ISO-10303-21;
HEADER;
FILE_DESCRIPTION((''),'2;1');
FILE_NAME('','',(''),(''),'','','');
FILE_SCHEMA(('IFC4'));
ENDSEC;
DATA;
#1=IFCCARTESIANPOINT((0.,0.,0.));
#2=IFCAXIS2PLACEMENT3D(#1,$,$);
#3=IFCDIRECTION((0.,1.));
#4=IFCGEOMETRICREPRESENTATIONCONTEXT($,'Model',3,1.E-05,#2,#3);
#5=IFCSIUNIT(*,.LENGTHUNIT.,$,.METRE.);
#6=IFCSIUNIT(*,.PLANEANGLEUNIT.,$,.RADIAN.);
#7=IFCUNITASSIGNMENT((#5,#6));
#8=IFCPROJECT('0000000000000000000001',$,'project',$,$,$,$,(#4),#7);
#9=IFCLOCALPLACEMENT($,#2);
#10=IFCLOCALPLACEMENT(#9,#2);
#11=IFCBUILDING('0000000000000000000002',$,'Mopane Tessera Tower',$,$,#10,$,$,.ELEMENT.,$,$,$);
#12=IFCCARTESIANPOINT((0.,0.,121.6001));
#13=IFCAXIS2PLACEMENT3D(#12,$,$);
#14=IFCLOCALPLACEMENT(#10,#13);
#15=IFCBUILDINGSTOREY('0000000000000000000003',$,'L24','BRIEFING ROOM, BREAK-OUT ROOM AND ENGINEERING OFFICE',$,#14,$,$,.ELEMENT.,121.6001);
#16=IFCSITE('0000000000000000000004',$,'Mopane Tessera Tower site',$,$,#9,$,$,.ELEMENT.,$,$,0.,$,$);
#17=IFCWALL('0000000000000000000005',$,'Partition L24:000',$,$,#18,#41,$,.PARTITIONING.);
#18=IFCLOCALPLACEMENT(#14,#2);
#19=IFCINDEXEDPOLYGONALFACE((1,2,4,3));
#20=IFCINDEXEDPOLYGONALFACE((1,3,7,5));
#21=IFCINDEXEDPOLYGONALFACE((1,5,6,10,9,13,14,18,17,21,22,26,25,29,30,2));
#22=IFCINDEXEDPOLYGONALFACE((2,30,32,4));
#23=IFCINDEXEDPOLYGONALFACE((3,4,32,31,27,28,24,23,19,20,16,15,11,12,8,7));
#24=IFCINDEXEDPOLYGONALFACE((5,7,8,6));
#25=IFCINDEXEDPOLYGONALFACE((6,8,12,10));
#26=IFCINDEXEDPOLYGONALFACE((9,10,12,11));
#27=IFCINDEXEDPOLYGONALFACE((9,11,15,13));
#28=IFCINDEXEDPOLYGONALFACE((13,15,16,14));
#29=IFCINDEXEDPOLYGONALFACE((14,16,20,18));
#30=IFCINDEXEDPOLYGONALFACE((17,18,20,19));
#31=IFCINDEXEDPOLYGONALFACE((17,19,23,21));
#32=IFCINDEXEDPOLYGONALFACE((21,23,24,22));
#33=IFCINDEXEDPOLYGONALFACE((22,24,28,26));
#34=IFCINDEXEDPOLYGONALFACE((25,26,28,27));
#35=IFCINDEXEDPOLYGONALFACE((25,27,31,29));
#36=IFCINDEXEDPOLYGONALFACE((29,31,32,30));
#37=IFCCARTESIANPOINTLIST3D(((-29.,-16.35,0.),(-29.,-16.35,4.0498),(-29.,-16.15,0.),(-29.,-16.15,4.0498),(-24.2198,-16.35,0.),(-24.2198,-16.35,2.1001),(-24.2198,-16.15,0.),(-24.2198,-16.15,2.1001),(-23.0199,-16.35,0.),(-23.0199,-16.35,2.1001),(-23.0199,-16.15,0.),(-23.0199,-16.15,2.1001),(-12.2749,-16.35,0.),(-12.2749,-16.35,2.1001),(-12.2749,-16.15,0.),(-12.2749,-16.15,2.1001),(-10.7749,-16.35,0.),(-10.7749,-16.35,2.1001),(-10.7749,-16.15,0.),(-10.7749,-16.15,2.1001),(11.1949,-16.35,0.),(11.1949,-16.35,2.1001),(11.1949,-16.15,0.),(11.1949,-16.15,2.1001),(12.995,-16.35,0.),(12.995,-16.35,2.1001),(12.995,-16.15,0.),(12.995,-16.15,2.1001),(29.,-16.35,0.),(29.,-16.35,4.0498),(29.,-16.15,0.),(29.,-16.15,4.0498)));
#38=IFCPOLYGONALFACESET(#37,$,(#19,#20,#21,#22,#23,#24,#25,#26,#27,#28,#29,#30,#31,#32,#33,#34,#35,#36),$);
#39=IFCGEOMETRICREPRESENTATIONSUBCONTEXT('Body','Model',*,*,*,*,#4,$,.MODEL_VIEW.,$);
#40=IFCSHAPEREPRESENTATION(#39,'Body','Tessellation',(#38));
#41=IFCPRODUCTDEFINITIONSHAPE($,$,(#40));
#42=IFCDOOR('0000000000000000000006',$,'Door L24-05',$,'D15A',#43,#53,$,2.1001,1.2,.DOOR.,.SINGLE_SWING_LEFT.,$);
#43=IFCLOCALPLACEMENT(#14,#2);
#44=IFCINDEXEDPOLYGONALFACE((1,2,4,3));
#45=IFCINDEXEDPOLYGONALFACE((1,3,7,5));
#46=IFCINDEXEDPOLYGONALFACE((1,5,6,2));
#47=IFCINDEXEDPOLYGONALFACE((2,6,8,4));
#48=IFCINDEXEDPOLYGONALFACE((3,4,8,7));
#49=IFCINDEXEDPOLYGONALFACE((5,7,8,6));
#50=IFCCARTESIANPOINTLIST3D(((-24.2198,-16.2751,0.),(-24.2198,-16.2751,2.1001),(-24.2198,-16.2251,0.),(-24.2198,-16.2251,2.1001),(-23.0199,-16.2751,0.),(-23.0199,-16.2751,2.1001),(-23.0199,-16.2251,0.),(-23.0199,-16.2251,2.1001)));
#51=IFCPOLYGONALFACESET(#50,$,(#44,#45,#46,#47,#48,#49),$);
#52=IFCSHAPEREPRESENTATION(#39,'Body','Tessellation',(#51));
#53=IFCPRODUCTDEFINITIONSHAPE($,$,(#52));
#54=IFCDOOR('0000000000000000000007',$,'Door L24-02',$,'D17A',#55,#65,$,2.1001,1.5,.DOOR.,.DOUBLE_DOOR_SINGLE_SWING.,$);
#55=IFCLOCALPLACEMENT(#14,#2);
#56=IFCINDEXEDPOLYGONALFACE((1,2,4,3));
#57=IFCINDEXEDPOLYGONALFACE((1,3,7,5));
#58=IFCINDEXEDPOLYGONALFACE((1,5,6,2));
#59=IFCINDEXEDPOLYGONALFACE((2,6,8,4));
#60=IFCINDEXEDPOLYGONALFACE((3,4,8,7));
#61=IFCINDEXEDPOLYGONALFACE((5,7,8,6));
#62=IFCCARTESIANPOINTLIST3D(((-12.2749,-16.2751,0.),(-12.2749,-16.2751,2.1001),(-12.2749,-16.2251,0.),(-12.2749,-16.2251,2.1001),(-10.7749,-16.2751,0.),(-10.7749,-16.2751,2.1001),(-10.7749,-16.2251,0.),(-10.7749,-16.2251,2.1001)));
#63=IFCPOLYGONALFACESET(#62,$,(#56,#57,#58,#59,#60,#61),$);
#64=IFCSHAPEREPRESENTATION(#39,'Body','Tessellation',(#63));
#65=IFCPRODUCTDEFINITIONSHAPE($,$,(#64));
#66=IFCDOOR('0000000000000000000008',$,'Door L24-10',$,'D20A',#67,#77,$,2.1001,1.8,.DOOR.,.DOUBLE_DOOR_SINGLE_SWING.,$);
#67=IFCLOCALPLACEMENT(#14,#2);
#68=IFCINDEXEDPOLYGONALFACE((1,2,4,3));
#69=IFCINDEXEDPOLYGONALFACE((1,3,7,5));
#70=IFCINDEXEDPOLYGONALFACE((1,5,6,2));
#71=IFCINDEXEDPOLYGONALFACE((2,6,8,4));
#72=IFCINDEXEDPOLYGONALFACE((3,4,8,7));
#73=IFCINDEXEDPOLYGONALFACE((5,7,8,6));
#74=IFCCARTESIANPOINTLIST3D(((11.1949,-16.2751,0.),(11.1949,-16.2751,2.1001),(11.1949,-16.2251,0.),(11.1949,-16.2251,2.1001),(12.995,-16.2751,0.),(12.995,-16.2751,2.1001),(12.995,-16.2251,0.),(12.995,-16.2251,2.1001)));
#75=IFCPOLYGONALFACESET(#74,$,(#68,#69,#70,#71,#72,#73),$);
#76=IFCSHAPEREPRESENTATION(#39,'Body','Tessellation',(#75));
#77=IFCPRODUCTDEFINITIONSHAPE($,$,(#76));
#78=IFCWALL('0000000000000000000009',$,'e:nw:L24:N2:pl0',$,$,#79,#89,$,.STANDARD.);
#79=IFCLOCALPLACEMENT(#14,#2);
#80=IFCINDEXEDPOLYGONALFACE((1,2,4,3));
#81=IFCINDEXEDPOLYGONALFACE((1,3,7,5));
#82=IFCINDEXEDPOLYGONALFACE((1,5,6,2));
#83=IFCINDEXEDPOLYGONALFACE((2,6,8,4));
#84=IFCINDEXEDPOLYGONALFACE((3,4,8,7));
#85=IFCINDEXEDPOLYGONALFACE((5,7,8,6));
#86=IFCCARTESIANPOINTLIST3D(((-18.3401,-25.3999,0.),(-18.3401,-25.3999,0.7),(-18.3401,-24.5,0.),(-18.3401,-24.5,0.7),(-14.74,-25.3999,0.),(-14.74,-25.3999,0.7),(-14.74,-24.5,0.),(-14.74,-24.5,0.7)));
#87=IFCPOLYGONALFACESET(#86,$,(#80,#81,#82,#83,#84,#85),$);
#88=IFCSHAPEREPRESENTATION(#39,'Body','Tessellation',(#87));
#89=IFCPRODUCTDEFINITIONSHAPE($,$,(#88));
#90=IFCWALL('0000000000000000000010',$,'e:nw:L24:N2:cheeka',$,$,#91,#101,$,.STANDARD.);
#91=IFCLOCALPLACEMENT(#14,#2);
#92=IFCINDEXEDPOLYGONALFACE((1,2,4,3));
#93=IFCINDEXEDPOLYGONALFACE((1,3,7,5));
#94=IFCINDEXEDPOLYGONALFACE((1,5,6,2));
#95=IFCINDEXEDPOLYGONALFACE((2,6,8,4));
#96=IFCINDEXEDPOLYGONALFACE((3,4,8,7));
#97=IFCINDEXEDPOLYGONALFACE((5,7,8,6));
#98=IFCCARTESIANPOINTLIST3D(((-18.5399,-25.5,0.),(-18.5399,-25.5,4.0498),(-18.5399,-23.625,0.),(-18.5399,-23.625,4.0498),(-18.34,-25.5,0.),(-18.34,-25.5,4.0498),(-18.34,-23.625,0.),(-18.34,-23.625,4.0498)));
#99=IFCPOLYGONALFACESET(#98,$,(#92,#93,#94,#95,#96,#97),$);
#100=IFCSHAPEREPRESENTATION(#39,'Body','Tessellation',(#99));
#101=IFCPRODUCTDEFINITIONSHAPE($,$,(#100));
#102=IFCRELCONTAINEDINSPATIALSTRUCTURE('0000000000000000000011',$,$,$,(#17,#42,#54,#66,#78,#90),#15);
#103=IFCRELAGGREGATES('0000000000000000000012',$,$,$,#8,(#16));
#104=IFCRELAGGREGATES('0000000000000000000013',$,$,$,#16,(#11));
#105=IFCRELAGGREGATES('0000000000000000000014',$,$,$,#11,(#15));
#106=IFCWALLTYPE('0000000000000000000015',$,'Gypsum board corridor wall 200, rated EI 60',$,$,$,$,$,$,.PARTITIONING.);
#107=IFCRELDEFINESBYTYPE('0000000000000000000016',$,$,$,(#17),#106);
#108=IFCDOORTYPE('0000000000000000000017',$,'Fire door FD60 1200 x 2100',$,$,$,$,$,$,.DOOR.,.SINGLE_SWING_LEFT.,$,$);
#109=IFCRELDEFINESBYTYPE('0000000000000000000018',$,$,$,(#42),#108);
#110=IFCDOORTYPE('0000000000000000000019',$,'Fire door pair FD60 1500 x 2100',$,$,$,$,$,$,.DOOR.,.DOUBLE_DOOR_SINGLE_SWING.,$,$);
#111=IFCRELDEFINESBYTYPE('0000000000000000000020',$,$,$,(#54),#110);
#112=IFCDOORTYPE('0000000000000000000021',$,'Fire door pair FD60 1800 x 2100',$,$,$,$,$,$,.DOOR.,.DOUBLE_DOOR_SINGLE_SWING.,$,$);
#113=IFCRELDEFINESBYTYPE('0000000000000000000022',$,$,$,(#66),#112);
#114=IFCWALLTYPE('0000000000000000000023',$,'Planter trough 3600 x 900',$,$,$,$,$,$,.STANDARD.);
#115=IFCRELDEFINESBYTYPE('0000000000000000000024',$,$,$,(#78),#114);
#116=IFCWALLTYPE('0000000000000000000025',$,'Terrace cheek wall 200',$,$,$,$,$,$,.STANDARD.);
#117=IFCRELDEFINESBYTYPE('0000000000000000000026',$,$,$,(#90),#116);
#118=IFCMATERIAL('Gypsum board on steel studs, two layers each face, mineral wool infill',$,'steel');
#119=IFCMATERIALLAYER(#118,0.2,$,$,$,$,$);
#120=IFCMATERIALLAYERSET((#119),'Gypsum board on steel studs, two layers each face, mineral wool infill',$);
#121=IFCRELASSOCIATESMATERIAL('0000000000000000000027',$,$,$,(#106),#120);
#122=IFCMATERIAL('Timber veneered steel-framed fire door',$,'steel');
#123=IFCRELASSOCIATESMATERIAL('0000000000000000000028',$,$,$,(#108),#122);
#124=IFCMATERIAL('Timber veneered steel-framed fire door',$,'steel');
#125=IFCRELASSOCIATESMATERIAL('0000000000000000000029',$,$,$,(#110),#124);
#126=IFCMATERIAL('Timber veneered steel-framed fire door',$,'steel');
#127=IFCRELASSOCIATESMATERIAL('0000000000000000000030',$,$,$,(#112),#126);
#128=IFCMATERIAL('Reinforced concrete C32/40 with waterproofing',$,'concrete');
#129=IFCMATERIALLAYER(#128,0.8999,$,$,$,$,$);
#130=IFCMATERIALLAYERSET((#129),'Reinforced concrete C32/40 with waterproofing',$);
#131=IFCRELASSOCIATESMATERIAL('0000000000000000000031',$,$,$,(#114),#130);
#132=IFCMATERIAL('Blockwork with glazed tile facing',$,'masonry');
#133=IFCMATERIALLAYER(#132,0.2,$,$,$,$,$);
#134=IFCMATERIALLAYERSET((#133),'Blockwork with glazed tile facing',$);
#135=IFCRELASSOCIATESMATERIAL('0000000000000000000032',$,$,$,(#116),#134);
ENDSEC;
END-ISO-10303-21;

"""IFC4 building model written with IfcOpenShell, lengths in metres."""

from ifc_helpers import new_model, si_unit, direction, frame, frame_2d, origin, place, context, subcontext, project, spatial, rectangle, extrude, material, layer, layer_set, type_object, element, fill, save


model = new_model("IFC4")

# Units and contexts
model_context = context("Model", 3, precision=1e-05, world=origin(), true_north=direction((0.0, 1.0)))
body_context = subcontext(model_context, "Body", "Model", "MODEL_VIEW")
ifc_project = project(units=[si_unit("LENGTHUNIT", "METRE"), si_unit("PLANEANGLEUNIT", "RADIAN")], contexts=[model_context])

# Site, building, storey
site_placement = place(None, origin())
site = spatial("IfcSite", under=ifc_project, at=site_placement, Name="Mopane Tessera Tower site", CompositionType="ELEMENT", RefElevation=0.0)
building_placement = place(site_placement, origin())
building = spatial("IfcBuilding", under=site, at=building_placement, Name="Mopane Tessera Tower", CompositionType="ELEMENT")
storey_placement = place(building_placement, frame((0.0, 0.0, 121.6001)))
storey = spatial("IfcBuildingStorey", under=building, at=storey_placement, Name="L24", Description="BRIEFING ROOM, BREAK-OUT ROOM AND ENGINEERING OFFICE", CompositionType="ELEMENT", Elevation=121.6001)

# Wall, openings, doors
ifc_material_1 = material(Name="Gypsum board on steel studs, two layers each face, mineral wool infill", Category="steel")
ifc_layer_1 = layer(ifc_material_1, 0.2)
ifc_layer_set_1 = layer_set([ifc_layer_1], Name="Gypsum board on steel studs, two layers each face, mineral wool infill")
wall_type_1 = type_object("IfcWallType", Name="Gypsum board corridor wall 200, rated EI 60", PredefinedType="PARTITIONING", material=ifc_layer_set_1)
wall_1_placement = place(storey_placement, frame((-29.0, -16.25, 0.0), z_axis=(0.0, 0.0, 1.0), x_axis=(1.0, 0.0, 0.0)))
wall_1 = element("IfcWall", 1, at=wall_1_placement, inside=storey, type_object=wall_type_1, Name="Partition L24:000", PredefinedType="PARTITIONING", context=body_context, shape_type="SweptSolid", body=[
    extrude(rectangle(XDim=58.0, YDim=0.2, at=frame_2d((29.0, 0.0))), origin(), (0.0, 0.0, 1.0), 4.0498),
])
opening_1_placement = place(wall_1_placement, frame((16.7251, 0.0, 0.0)))
opening_1 = element("IfcOpeningElement", 2, at=opening_1_placement, cuts=wall_1, PredefinedType="OPENING", context=body_context, shape_type="SweptSolid", body=[
    extrude(rectangle(XDim=1.5, YDim=2.1001, at=frame_2d((0.75, 1.05))), frame((0.0, 0.1121, 0.0), z_axis=(0.0, -1.0, 0.0), x_axis=(1.0, 0.0, 0.0)), (0.0, 0.0, 1.0), 0.2239),
])
opening_2_placement = place(wall_1_placement, frame((4.78, 0.0, 0.0)))
opening_2 = element("IfcOpeningElement", 3, at=opening_2_placement, cuts=wall_1, PredefinedType="OPENING", context=body_context, shape_type="SweptSolid", body=[
    extrude(rectangle(XDim=1.2, YDim=2.1001, at=frame_2d((0.6001, 1.05))), frame((0.0, 0.1121, 0.0), z_axis=(0.0, -1.0, 0.0), x_axis=(1.0, 0.0, 0.0)), (0.0, 0.0, 1.0), 0.2239),
])
opening_3_placement = place(wall_1_placement, frame((40.1951, 0.0, 0.0)))
opening_3 = element("IfcOpeningElement", 4, at=opening_3_placement, cuts=wall_1, PredefinedType="OPENING", context=body_context, shape_type="SweptSolid", body=[
    extrude(rectangle(XDim=1.8, YDim=2.1001, at=frame_2d((0.8999, 1.05))), frame((0.0, 0.1121, 0.0), z_axis=(0.0, -1.0, 0.0), x_axis=(1.0, 0.0, 0.0)), (0.0, 0.0, 1.0), 0.2239),
])
ifc_material_2 = material(Name="Timber veneered steel-framed fire door", Category="steel")
door_type_1 = type_object("IfcDoorType", Name="Fire door FD60 1200 x 2100", OperationType="SINGLE_SWING_LEFT", PredefinedType="DOOR", material=ifc_material_2)
door_1_placement = place(opening_2_placement, origin())
door_1 = element("IfcDoor", 5, at=door_1_placement, inside=storey, type_object=door_type_1, Name="Door L24-05", ObjectType="D15A", OperationType="SINGLE_SWING_LEFT", OverallHeight=2.1001, OverallWidth=1.2, PredefinedType="DOOR", context=body_context, shape_type="SweptSolid", body=[
    extrude(rectangle(XDim=1.2, YDim=2.1001, at=frame_2d((0.6001, 1.05))), frame((0.0, 0.0249, 0.0), z_axis=(0.0, -1.0, 0.0), x_axis=(1.0, 0.0, 0.0)), (0.0, 0.0, 1.0), 0.05),
])
fill(opening_2, door_1)
ifc_material_3 = material(Name="Timber veneered steel-framed fire door", Category="steel")
door_type_2 = type_object("IfcDoorType", Name="Fire door pair FD60 1500 x 2100", OperationType="DOUBLE_DOOR_SINGLE_SWING", PredefinedType="DOOR", material=ifc_material_3)
door_2_placement = place(opening_1_placement, origin())
door_2 = element("IfcDoor", 6, at=door_2_placement, inside=storey, type_object=door_type_2, Name="Door L24-02", ObjectType="D17A", OperationType="DOUBLE_DOOR_SINGLE_SWING", OverallHeight=2.1001, OverallWidth=1.5, PredefinedType="DOOR", context=body_context, shape_type="SweptSolid", body=[
    extrude(rectangle(XDim=1.5, YDim=2.1001, at=frame_2d((0.75, 1.05))), frame((0.0, 0.0249, 0.0), z_axis=(0.0, -1.0, 0.0), x_axis=(1.0, 0.0, 0.0)), (0.0, 0.0, 1.0), 0.05),
])
fill(opening_1, door_2)
ifc_material_4 = material(Name="Timber veneered steel-framed fire door", Category="steel")
door_type_3 = type_object("IfcDoorType", Name="Fire door pair FD60 1800 x 2100", OperationType="DOUBLE_DOOR_SINGLE_SWING", PredefinedType="DOOR", material=ifc_material_4)
door_3_placement = place(opening_3_placement, origin())
door_3 = element("IfcDoor", 7, at=door_3_placement, inside=storey, type_object=door_type_3, Name="Door L24-10", ObjectType="D20A", OperationType="DOUBLE_DOOR_SINGLE_SWING", OverallHeight=2.1001, OverallWidth=1.8, PredefinedType="DOOR", context=body_context, shape_type="SweptSolid", body=[
    extrude(rectangle(XDim=1.8, YDim=2.1001, at=frame_2d((0.8999, 1.05))), frame((0.0, 0.0249, 0.0), z_axis=(0.0, -1.0, 0.0), x_axis=(1.0, 0.0, 0.0)), (0.0, 0.0, 1.0), 0.05),
])
fill(opening_3, door_3)

# Walls
ifc_material_5 = material(Name="Reinforced concrete C32/40 with waterproofing", Category="concrete")
ifc_layer_2 = layer(ifc_material_5, 0.8999)
ifc_layer_set_2 = layer_set([ifc_layer_2], Name="Reinforced concrete C32/40 with waterproofing")
wall_type_2 = type_object("IfcWallType", Name="Planter trough 3600 x 900", PredefinedType="STANDARD", material=ifc_layer_set_2)
wall_2_placement = place(storey_placement, frame((-18.3401, -24.95, 0.0), z_axis=(0.0, 0.0, 1.0), x_axis=(1.0, 0.0, 0.0)))
element("IfcWall", 8, at=wall_2_placement, inside=storey, type_object=wall_type_2, Name="e:nw:L24:N2:pl0", PredefinedType="STANDARD", context=body_context, shape_type="SweptSolid", body=[
    extrude(rectangle(XDim=3.6001, YDim=0.8999, at=frame_2d((1.8, 0.0))), origin(), (0.0, 0.0, 1.0), 0.7),
])
ifc_material_6 = material(Name="Blockwork with glazed tile facing", Category="masonry")
ifc_layer_3 = layer(ifc_material_6, 0.2)
ifc_layer_set_3 = layer_set([ifc_layer_3], Name="Blockwork with glazed tile facing")
wall_type_3 = type_object("IfcWallType", Name="Terrace cheek wall 200", PredefinedType="STANDARD", material=ifc_layer_set_3)
wall_3_placement = place(storey_placement, frame((-18.4399, -25.5, 0.0), z_axis=(0.0, 0.0, 1.0), x_axis=(0.0, 1.0, 0.0)))
element("IfcWall", 9, at=wall_3_placement, inside=storey, type_object=wall_type_3, Name="e:nw:L24:N2:cheeka", PredefinedType="STANDARD", context=body_context, shape_type="SweptSolid", body=[
    extrude(rectangle(XDim=1.875, YDim=0.2, at=frame_2d((0.9375, 0.0))), origin(), (0.0, 0.0, 1.0), 4.0498),
])

save(model, "model.ifc")
